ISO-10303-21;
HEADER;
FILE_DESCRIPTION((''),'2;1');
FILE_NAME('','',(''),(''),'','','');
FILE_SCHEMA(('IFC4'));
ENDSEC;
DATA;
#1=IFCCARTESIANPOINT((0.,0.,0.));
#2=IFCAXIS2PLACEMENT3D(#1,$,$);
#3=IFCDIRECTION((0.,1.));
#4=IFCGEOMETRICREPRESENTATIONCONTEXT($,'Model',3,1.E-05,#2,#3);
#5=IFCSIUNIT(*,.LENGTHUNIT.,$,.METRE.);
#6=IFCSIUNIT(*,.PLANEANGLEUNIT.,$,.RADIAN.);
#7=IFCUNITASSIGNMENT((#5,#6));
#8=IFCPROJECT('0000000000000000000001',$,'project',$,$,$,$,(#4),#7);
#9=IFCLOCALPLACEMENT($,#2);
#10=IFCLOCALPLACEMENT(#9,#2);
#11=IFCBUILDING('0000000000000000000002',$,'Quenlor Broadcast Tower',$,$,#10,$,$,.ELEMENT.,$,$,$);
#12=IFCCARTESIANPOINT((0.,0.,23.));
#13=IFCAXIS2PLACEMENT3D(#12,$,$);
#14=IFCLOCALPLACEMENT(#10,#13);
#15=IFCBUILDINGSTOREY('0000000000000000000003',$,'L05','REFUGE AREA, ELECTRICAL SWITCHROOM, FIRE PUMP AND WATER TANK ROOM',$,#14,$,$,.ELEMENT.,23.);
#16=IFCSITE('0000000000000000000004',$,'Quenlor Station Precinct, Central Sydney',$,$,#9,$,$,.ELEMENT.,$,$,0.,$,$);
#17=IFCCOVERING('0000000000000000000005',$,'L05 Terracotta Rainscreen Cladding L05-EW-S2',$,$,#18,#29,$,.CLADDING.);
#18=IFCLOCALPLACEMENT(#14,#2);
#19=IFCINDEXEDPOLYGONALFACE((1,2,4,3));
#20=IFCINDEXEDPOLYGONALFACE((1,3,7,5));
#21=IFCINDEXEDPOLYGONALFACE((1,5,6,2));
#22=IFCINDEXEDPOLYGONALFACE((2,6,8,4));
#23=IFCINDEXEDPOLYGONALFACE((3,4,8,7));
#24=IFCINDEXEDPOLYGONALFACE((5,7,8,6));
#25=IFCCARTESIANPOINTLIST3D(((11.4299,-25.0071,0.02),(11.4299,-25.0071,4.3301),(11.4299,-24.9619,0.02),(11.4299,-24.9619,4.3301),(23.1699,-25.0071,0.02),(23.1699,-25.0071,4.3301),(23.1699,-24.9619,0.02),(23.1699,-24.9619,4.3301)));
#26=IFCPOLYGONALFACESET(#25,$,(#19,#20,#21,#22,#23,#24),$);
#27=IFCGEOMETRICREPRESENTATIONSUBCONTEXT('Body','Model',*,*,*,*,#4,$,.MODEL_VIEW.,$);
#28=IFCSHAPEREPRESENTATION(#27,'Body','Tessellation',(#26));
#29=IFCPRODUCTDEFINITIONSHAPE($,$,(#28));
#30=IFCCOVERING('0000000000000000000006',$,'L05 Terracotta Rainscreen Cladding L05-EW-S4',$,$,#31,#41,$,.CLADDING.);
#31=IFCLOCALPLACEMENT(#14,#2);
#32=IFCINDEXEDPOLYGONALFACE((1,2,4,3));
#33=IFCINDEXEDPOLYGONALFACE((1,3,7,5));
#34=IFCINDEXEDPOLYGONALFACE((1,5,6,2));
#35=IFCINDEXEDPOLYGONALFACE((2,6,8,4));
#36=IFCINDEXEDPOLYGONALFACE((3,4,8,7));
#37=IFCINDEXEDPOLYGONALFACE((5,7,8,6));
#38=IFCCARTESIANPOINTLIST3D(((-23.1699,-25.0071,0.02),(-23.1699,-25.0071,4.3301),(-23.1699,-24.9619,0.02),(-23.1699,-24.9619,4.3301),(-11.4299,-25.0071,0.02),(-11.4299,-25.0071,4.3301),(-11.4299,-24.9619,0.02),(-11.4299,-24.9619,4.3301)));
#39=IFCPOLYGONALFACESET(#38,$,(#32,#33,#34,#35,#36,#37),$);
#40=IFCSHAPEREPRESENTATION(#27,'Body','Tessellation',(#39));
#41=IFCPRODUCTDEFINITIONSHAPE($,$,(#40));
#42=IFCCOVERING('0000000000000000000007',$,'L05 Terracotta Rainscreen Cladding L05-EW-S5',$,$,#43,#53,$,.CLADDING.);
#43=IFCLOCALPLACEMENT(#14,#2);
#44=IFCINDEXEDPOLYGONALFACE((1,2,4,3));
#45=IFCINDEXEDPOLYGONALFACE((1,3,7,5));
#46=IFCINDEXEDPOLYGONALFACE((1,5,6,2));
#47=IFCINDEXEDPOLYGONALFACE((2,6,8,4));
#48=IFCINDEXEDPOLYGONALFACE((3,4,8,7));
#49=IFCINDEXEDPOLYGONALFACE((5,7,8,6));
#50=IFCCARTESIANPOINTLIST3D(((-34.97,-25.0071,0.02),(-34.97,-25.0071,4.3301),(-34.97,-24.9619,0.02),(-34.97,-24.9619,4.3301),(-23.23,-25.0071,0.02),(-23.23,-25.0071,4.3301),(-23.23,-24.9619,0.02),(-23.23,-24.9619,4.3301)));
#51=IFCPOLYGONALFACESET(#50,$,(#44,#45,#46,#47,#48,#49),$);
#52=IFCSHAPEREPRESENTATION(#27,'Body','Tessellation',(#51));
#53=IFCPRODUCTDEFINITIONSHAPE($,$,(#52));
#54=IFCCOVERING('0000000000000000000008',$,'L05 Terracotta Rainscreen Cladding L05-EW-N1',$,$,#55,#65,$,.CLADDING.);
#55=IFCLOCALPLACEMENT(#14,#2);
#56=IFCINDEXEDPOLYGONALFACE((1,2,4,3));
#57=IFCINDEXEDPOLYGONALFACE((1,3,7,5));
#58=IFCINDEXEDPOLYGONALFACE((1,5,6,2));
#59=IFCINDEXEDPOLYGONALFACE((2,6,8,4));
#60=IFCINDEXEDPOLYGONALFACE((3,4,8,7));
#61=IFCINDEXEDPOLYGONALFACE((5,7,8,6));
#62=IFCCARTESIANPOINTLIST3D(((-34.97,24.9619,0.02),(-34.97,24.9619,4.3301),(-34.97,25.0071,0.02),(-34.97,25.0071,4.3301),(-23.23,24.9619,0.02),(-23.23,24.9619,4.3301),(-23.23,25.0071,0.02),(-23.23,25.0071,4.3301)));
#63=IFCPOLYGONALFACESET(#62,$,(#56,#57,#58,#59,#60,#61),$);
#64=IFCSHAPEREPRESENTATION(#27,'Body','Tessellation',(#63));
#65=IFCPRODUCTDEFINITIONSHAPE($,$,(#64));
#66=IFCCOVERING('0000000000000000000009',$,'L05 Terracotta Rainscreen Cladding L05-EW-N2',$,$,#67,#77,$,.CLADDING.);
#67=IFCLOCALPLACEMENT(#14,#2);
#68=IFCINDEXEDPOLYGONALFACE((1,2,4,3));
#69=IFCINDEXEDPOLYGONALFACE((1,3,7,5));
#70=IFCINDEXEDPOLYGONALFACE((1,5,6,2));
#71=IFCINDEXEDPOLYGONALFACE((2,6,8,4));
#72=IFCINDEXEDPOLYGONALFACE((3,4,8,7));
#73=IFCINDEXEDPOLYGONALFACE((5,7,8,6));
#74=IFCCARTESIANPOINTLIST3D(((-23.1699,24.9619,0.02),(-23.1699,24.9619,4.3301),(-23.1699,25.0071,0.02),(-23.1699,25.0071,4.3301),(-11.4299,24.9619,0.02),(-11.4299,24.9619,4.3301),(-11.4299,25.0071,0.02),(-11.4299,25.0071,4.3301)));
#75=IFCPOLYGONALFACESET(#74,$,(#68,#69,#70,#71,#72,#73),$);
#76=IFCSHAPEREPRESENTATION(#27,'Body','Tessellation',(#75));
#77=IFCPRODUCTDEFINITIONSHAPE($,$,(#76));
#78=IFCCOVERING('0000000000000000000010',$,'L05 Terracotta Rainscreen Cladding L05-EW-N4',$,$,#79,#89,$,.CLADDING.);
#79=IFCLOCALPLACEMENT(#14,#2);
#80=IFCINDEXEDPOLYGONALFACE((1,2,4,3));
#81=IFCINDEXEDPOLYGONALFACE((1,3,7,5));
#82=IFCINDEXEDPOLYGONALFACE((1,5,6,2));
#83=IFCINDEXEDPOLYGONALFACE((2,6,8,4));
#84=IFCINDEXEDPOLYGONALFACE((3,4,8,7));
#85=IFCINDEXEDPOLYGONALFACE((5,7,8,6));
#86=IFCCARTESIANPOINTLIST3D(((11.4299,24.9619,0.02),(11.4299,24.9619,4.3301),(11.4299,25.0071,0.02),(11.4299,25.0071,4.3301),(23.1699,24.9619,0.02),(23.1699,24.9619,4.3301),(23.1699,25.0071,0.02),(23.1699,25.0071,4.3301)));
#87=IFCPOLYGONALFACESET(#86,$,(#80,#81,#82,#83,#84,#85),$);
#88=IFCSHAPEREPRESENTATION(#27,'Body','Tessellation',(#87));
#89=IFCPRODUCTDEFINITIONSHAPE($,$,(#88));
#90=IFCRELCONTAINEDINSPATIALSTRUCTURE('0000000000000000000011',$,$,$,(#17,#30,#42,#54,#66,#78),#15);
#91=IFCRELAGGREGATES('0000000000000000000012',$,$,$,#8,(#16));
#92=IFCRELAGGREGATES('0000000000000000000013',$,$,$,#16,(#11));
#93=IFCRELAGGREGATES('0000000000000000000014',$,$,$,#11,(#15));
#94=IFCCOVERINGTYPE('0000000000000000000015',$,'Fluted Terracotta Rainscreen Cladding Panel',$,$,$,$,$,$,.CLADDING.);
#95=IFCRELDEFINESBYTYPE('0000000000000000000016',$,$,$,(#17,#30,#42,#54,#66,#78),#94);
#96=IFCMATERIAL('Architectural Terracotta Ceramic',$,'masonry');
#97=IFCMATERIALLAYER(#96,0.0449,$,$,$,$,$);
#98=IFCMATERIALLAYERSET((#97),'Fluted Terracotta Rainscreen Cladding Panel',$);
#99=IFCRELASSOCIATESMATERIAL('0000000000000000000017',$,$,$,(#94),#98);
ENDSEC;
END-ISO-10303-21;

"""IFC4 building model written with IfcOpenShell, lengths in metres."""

from ifc_helpers import new_model, si_unit, direction, frame, origin, place, context, subcontext, project, spatial, polyline, outline, extrude, material, layer, layer_set, type_object, element, save


model = new_model("IFC4")

# Units and contexts
model_context = context("Model", 3, precision=1e-05, world=origin(), true_north=direction((0.0, 1.0)))
body_context = subcontext(model_context, "Body", "Model", "MODEL_VIEW")
ifc_project = project(units=[si_unit("LENGTHUNIT", "METRE"), si_unit("PLANEANGLEUNIT", "RADIAN")], contexts=[model_context])

# Site, building, storey
site_placement = place(None, origin())
site = spatial("IfcSite", under=ifc_project, at=site_placement, Name="Quenlor Station Precinct, Central Sydney", CompositionType="ELEMENT", RefElevation=0.0)
building_placement = place(site_placement, origin())
building = spatial("IfcBuilding", under=site, at=building_placement, Name="Quenlor Broadcast Tower", CompositionType="ELEMENT")
storey_placement = place(building_placement, frame((0.0, 0.0, 23.0)))
storey = spatial("IfcBuildingStorey", under=building, at=storey_placement, Name="L05", Description="REFUGE AREA, ELECTRICAL SWITCHROOM, FIRE PUMP AND WATER TANK ROOM", CompositionType="ELEMENT", Elevation=23.0)

# Coverings
ifc_material_1 = material(Name="Architectural Terracotta Ceramic", Category="masonry")
ifc_layer_1 = layer(ifc_material_1, 0.0449)
ifc_layer_set_1 = layer_set([ifc_layer_1], Name="Fluted Terracotta Rainscreen Cladding Panel")
covering_type = type_object("IfcCoveringType", Name="Fluted Terracotta Rainscreen Cladding Panel", PredefinedType="CLADDING", material=ifc_layer_set_1)
covering_1_placement = place(storey_placement, frame((0.0, 0.0, 0.02)))
element("IfcCovering", 1, at=covering_1_placement, inside=storey, type_object=covering_type, Name="L05 Terracotta Rainscreen Cladding L05-EW-S2", PredefinedType="CLADDING", context=body_context, shape_type="SweptSolid", body=[
    extrude(outline(polyline([(23.1699, -24.9619), (11.4299, -24.9619), (11.4299, -25.0071), (23.1699, -25.0071), (23.1699, -24.9619)])), origin(), (0.0, 0.0, 1.0), 4.3101),
])
covering_2_placement = place(storey_placement, frame((0.0, 0.0, 0.02)))
element("IfcCovering", 2, at=covering_2_placement, inside=storey, type_object=covering_type, Name="L05 Terracotta Rainscreen Cladding L05-EW-S4", PredefinedType="CLADDING", context=body_context, shape_type="SweptSolid", body=[
    extrude(outline(polyline([(-11.4299, -24.9619), (-23.1699, -24.9619), (-23.1699, -25.0071), (-11.4299, -25.0071), (-11.4299, -24.9619)])), origin(), (0.0, 0.0, 1.0), 4.3101),
])
covering_3_placement = place(storey_placement, frame((0.0, 0.0, 0.02)))
element("IfcCovering", 3, at=covering_3_placement, inside=storey, type_object=covering_type, Name="L05 Terracotta Rainscreen Cladding L05-EW-S5", PredefinedType="CLADDING", context=body_context, shape_type="SweptSolid", body=[
    extrude(outline(polyline([(-23.23, -24.9619), (-34.97, -24.9619), (-34.97, -25.0071), (-23.23, -25.0071), (-23.23, -24.9619)])), origin(), (0.0, 0.0, 1.0), 4.3101),
])
covering_4_placement = place(storey_placement, frame((0.0, 0.0, 0.02)))
element("IfcCovering", 4, at=covering_4_placement, inside=storey, type_object=covering_type, Name="L05 Terracotta Rainscreen Cladding L05-EW-N1", PredefinedType="CLADDING", context=body_context, shape_type="SweptSolid", body=[
    extrude(outline(polyline([(-34.97, 24.9619), (-23.23, 24.9619), (-23.23, 25.0071), (-34.97, 25.0071), (-34.97, 24.9619)])), origin(), (0.0, 0.0, 1.0), 4.3101),
])
covering_5_placement = place(storey_placement, frame((0.0, 0.0, 0.02)))
element("IfcCovering", 5, at=covering_5_placement, inside=storey, type_object=covering_type, Name="L05 Terracotta Rainscreen Cladding L05-EW-N2", PredefinedType="CLADDING", context=body_context, shape_type="SweptSolid", body=[
    extrude(outline(polyline([(-23.1699, 24.9619), (-11.4299, 24.9619), (-11.4299, 25.0071), (-23.1699, 25.0071), (-23.1699, 24.9619)])), origin(), (0.0, 0.0, 1.0), 4.3101),
])
covering_6_placement = place(storey_placement, frame((0.0, 0.0, 0.02)))
element("IfcCovering", 6, at=covering_6_placement, inside=storey, type_object=covering_type, Name="L05 Terracotta Rainscreen Cladding L05-EW-N4", PredefinedType="CLADDING", context=body_context, shape_type="SweptSolid", body=[
    extrude(outline(polyline([(11.4299, 24.9619), (23.1699, 24.9619), (23.1699, 25.0071), (11.4299, 25.0071), (11.4299, 24.9619)])), origin(), (0.0, 0.0, 1.0), 4.3101),
])

save(model, "model.ifc")
